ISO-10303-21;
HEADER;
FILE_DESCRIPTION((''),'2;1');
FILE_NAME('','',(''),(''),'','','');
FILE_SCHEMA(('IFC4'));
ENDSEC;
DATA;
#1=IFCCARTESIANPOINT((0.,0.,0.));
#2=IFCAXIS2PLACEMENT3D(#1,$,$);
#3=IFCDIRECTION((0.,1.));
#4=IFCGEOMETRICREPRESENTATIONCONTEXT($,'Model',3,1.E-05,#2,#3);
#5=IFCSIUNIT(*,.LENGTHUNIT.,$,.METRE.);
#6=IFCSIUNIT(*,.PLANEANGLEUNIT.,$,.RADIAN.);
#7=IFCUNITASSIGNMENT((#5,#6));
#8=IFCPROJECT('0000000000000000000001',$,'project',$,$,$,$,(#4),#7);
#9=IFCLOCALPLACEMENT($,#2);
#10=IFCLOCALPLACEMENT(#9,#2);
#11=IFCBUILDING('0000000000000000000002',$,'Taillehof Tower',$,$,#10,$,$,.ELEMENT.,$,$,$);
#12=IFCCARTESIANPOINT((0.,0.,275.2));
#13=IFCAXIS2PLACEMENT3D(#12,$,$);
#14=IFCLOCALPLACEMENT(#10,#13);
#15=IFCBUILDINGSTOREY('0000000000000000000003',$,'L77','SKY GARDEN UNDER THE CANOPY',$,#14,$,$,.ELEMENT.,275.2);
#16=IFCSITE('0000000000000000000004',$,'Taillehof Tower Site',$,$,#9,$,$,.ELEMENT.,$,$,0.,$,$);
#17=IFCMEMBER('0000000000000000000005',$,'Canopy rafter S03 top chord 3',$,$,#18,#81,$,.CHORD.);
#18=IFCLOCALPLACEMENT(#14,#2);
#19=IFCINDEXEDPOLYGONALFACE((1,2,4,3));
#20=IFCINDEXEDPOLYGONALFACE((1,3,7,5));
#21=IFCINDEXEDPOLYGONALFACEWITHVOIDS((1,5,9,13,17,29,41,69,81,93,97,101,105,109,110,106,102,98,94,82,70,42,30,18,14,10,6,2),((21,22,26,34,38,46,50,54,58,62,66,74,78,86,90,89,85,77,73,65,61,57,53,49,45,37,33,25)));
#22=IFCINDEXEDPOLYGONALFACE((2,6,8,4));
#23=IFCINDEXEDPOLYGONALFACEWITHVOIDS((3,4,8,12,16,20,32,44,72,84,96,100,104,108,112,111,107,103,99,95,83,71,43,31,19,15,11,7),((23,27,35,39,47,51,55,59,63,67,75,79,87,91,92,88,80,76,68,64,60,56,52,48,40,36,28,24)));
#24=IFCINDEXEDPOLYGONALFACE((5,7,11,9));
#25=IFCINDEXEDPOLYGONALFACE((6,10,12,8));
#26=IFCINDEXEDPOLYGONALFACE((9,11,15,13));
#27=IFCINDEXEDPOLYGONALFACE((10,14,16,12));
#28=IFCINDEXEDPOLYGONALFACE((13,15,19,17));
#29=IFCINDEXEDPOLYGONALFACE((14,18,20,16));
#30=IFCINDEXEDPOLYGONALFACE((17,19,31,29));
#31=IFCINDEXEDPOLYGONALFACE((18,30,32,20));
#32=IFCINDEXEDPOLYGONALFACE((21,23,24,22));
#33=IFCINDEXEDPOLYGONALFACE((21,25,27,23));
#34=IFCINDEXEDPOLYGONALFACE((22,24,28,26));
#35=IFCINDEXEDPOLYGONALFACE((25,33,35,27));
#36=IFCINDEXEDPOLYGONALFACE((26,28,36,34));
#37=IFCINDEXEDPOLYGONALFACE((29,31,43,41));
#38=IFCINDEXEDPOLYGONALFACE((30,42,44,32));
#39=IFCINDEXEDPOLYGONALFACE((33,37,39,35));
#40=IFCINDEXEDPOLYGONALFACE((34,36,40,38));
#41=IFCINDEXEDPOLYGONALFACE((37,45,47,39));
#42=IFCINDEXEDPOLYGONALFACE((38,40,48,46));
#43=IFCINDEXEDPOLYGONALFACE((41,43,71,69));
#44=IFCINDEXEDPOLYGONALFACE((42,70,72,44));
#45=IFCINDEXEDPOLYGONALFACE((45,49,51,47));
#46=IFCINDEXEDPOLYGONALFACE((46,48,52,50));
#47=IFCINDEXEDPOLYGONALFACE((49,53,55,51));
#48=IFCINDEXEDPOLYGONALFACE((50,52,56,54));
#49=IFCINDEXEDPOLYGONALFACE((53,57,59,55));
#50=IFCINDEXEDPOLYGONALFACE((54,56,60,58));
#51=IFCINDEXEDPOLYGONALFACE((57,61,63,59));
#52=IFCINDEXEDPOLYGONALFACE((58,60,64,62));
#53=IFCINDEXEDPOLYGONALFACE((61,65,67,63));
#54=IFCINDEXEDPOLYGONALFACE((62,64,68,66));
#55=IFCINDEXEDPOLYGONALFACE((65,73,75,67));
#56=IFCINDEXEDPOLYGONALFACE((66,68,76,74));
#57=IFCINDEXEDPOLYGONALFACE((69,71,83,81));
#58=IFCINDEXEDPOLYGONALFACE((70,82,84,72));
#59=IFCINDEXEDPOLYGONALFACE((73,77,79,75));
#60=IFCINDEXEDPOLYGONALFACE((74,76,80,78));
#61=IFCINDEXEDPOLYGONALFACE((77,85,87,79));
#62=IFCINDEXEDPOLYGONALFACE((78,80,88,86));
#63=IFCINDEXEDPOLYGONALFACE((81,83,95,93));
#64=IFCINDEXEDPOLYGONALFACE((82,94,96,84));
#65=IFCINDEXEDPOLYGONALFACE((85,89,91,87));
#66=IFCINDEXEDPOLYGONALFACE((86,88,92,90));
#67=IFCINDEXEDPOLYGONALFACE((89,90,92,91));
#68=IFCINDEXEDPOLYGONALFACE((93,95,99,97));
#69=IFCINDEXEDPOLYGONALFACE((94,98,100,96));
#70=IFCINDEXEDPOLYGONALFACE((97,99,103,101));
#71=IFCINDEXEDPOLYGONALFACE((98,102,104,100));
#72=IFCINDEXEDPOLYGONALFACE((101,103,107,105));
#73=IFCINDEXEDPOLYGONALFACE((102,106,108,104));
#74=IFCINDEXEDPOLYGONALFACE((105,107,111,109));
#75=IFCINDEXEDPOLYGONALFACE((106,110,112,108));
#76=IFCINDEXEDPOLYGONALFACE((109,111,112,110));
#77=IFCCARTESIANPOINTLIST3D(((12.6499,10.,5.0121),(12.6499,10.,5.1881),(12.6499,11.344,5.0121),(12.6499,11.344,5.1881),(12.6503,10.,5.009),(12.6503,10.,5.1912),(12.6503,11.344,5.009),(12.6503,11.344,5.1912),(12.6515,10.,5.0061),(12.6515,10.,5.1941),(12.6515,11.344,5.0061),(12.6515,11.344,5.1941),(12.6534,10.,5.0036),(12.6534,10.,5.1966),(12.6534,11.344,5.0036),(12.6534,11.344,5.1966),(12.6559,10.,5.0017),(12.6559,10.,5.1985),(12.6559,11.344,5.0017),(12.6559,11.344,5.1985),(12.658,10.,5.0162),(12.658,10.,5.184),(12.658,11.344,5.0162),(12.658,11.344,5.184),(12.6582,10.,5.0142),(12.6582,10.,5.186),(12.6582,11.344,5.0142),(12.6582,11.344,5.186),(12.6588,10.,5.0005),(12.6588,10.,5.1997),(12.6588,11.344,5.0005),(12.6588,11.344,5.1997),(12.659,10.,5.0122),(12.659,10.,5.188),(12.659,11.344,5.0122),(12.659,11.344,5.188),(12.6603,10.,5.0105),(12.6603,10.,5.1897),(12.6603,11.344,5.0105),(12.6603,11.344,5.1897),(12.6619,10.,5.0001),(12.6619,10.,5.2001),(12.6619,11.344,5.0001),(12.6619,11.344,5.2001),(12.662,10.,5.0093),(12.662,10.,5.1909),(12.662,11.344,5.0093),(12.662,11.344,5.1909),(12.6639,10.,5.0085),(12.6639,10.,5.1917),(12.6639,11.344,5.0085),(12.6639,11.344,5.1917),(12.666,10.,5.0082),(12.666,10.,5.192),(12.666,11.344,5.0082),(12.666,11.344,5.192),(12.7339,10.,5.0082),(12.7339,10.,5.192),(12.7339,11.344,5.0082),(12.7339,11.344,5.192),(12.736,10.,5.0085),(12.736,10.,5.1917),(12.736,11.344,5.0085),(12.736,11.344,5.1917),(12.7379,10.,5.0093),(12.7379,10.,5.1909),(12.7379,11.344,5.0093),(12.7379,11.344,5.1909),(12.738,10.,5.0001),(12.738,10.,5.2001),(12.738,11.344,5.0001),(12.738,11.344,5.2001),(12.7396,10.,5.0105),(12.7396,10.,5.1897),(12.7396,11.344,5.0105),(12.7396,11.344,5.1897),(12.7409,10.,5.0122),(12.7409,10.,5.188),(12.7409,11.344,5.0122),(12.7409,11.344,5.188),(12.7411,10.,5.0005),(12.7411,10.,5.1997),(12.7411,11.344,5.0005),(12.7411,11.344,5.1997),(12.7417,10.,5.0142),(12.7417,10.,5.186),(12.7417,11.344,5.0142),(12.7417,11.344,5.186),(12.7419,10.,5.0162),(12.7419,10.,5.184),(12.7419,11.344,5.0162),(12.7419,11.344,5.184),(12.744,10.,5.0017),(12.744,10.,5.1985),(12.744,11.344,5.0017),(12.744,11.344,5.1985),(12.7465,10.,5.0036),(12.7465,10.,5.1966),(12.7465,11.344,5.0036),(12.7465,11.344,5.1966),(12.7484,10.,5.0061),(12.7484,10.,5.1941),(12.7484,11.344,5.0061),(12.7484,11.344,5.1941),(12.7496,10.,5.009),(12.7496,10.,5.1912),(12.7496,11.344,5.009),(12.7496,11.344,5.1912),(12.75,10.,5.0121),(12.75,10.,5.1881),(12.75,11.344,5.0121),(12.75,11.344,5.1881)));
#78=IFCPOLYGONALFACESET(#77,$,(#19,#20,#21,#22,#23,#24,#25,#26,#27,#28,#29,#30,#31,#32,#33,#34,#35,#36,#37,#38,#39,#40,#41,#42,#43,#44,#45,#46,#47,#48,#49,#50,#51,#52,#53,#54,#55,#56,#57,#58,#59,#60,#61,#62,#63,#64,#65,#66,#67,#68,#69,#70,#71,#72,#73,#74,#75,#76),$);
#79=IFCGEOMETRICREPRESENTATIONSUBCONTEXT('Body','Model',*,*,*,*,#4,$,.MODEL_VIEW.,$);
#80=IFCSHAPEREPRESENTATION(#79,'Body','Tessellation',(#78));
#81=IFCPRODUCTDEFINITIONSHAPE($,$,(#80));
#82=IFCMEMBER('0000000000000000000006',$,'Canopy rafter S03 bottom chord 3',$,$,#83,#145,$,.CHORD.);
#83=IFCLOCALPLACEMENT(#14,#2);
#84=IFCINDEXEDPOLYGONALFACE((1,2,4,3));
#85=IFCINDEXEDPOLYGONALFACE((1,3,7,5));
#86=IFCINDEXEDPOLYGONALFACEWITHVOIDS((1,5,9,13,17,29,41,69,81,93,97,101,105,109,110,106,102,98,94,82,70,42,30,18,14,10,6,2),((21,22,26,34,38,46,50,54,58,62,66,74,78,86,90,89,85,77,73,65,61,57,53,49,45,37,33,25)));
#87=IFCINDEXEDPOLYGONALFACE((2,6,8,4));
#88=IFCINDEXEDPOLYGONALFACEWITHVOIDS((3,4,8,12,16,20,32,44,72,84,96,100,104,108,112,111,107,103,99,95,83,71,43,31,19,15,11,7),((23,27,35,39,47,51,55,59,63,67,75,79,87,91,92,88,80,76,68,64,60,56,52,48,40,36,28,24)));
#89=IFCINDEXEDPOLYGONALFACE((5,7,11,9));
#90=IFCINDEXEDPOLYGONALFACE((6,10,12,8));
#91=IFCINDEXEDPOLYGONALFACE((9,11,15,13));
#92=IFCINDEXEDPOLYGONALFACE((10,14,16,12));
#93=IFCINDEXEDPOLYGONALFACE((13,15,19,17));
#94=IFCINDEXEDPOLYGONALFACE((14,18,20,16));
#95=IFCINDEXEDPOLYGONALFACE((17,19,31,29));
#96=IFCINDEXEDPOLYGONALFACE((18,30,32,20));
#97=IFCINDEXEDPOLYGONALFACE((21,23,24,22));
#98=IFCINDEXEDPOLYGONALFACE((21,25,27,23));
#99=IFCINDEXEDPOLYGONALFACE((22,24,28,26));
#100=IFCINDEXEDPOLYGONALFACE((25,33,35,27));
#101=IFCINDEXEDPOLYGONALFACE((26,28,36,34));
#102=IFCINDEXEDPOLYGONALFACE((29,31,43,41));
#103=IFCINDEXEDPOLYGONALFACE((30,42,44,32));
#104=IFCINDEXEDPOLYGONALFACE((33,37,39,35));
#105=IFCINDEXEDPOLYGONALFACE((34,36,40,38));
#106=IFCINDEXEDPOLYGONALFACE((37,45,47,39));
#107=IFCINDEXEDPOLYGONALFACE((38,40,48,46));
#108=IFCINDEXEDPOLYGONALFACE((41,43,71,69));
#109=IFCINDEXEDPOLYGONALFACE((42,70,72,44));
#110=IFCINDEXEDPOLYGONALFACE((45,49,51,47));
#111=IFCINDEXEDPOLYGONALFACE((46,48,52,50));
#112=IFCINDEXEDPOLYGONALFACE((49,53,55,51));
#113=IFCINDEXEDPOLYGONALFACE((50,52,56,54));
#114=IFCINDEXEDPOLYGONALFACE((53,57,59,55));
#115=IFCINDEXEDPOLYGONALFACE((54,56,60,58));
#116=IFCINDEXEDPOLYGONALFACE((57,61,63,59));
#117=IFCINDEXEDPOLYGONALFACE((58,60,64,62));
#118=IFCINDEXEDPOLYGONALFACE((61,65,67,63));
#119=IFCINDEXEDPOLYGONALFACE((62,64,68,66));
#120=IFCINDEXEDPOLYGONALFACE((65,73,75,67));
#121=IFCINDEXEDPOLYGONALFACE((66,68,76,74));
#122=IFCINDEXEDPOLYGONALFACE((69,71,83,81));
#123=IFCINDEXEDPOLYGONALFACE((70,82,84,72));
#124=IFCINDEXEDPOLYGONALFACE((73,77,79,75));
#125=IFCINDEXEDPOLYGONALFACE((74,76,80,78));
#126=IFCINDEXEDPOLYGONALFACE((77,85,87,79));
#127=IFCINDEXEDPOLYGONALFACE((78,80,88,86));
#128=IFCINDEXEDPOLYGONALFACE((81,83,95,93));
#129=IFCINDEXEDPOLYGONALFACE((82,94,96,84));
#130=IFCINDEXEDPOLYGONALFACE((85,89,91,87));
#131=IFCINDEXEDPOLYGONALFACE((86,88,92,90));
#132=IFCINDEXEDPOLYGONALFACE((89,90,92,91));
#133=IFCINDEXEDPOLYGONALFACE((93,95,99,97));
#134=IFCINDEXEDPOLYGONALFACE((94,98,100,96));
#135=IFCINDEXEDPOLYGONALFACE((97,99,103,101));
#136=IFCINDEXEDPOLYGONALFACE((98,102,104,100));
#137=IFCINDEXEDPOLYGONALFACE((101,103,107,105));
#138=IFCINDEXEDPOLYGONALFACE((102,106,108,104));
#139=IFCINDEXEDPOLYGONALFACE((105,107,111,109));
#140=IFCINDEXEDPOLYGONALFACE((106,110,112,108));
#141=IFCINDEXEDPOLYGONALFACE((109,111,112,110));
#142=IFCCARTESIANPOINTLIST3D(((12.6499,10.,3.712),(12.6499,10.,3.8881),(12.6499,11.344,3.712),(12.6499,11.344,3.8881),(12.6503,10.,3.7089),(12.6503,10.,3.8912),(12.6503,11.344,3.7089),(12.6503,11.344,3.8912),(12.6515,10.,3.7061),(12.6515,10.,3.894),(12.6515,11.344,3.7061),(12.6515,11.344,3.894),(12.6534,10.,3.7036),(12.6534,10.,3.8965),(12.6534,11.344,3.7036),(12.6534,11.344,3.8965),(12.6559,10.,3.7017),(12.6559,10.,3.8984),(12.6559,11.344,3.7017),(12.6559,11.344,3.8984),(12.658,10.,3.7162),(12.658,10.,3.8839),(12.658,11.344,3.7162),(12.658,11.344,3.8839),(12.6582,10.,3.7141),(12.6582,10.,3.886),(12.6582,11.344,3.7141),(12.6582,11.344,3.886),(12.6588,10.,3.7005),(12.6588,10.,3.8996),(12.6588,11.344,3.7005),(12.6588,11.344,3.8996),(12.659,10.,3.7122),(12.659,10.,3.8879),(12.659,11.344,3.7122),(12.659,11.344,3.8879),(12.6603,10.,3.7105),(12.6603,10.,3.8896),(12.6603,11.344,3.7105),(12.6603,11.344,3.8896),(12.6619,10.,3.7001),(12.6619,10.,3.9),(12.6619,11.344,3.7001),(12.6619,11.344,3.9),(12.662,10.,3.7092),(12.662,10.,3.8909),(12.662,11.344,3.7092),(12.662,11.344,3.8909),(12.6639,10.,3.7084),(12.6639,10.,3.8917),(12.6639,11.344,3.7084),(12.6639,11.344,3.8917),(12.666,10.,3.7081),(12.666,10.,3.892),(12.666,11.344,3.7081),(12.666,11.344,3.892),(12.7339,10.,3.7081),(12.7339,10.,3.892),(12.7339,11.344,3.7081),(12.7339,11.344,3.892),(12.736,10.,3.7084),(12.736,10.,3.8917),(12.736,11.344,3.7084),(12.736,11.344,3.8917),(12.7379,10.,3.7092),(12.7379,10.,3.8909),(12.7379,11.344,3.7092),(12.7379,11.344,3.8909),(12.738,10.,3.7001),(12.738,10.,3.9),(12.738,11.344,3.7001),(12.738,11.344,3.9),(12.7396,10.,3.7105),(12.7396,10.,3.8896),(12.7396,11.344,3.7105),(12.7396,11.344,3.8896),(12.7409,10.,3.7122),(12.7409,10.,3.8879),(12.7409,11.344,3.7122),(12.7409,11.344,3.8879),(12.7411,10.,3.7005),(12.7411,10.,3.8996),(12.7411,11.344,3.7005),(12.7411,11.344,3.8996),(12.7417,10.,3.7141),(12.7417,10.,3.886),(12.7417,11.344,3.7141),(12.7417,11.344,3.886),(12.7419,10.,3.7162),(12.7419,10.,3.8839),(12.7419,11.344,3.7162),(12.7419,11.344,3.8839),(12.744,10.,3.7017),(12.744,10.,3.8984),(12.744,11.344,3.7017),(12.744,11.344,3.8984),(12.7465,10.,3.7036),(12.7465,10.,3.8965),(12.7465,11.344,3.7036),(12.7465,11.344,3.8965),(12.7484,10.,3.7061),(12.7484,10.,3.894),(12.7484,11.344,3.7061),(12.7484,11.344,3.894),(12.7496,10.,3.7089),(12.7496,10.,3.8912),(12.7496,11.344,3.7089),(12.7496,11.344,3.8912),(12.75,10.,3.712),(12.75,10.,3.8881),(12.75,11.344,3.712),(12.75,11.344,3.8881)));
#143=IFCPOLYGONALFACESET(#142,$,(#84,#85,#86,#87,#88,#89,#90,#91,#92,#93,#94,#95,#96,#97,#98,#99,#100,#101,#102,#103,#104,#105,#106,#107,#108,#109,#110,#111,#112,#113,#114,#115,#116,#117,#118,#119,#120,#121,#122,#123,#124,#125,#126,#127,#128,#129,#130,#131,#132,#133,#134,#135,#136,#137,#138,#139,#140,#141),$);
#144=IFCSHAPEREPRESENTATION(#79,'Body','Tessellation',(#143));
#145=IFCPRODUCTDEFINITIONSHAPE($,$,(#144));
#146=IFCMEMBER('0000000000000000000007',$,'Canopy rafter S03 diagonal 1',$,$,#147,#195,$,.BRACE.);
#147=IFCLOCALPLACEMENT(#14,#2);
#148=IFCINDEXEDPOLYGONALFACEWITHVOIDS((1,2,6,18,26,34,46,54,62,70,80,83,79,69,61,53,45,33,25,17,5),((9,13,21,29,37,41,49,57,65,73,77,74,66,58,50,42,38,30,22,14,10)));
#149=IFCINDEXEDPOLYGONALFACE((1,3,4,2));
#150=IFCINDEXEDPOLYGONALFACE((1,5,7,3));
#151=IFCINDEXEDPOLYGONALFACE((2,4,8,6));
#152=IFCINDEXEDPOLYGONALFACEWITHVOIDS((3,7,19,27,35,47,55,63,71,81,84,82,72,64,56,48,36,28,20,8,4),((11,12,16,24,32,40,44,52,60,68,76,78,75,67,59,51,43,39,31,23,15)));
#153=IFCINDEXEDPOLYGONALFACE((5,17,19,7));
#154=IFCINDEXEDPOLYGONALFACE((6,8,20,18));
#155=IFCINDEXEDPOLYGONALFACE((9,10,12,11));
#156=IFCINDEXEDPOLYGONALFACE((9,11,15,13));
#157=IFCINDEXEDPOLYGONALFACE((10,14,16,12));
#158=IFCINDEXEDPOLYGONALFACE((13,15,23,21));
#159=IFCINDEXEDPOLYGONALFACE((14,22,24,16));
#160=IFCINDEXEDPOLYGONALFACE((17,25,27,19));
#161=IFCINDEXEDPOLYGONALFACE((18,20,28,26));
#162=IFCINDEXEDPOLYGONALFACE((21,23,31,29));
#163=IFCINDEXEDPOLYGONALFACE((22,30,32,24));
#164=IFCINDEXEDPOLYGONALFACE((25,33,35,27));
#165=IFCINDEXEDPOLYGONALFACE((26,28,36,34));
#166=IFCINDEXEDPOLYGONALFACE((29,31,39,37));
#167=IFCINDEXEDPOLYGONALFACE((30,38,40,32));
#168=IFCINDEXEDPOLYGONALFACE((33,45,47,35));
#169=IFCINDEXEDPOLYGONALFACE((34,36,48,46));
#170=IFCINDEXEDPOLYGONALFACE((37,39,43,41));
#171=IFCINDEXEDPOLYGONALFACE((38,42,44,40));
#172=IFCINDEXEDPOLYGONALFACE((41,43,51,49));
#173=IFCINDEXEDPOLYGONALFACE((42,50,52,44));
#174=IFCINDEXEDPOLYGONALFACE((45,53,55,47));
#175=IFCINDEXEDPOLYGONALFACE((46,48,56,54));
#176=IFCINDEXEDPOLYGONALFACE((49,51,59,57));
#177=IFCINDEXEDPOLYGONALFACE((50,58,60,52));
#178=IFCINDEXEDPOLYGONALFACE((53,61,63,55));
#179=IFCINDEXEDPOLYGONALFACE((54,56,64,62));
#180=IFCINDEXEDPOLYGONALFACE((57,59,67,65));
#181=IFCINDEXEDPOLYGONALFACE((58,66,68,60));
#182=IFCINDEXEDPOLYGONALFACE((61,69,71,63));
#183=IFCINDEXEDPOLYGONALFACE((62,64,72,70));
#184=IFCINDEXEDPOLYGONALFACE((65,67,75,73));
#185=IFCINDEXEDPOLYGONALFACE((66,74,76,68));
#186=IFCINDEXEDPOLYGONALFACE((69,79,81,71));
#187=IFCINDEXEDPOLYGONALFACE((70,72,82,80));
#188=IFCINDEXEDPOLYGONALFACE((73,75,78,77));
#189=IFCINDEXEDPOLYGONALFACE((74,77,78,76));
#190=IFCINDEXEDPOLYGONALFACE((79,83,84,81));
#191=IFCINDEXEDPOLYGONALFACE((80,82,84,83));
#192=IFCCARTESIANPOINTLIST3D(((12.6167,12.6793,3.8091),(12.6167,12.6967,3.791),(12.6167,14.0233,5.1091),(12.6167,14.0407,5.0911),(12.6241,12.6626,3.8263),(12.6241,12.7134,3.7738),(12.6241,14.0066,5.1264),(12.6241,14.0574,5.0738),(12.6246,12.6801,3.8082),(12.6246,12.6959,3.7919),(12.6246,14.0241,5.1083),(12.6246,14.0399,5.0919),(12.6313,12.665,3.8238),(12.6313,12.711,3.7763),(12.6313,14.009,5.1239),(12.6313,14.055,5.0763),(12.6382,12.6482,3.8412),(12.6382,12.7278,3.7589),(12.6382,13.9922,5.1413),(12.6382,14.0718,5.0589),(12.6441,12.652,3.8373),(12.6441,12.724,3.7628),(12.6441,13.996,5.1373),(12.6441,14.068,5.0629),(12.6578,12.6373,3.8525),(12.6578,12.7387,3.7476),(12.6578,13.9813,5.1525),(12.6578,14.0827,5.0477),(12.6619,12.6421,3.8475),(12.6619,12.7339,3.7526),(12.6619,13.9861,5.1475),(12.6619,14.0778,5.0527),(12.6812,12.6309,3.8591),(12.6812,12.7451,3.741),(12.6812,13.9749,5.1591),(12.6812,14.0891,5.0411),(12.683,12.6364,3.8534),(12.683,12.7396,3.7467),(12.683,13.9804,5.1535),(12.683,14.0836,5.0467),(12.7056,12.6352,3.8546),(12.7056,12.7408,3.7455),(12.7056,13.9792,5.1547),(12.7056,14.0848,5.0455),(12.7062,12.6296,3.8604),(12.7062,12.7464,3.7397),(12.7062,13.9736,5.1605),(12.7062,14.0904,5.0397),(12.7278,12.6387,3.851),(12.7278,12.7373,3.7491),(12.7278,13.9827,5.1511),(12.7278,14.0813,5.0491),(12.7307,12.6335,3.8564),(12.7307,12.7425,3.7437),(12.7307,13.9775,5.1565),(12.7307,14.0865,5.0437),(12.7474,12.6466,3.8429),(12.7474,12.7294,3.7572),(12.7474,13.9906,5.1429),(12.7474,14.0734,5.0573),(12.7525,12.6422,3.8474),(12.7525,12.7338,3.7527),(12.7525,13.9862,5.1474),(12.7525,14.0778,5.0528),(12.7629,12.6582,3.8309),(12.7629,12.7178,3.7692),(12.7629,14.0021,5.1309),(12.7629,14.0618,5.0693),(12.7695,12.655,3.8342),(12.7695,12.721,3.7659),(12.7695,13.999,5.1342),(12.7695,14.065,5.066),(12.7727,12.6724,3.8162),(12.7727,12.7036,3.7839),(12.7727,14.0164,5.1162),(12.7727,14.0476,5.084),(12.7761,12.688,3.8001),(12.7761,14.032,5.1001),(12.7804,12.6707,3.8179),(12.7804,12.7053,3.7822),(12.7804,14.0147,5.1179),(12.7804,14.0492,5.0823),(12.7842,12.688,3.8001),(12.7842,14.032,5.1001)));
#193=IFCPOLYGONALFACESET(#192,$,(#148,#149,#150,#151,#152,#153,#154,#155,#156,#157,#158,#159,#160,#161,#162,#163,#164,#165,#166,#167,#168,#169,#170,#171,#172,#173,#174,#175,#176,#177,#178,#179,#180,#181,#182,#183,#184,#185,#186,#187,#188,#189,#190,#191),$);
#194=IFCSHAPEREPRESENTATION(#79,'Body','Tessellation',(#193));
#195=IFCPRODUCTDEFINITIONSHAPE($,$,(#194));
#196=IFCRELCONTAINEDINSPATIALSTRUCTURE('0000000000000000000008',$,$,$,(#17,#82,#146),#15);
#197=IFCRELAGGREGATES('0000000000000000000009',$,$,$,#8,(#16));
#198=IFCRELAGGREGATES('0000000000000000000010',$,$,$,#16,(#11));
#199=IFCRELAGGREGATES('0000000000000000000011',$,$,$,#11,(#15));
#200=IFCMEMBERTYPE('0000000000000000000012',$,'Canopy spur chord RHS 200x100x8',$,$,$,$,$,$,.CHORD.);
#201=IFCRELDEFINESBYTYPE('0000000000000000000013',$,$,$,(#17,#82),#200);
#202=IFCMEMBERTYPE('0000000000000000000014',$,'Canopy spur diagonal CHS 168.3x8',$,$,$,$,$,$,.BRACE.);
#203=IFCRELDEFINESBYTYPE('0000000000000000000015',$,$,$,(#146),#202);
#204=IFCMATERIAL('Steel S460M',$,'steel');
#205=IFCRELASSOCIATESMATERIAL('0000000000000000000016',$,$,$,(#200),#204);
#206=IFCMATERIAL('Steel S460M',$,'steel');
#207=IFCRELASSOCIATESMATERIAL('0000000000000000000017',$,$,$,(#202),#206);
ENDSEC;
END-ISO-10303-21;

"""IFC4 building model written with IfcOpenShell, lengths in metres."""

from ifc_helpers import new_model, si_unit, direction, frame, origin, origin_2d, place, context, subcontext, project, spatial, hollow_rectangle, hollow_circle, extrude, material, material_profile, profile_set, type_object, element, save


model = new_model("IFC4")

# Units and contexts
model_context = context("Model", 3, precision=1e-05, world=origin(), true_north=direction((0.0, 1.0)))
body_context = subcontext(model_context, "Body", "Model", "MODEL_VIEW")
ifc_project = project(units=[si_unit("LENGTHUNIT", "METRE"), si_unit("PLANEANGLEUNIT", "RADIAN")], contexts=[model_context])

# Site, building, storey
site_placement = place(None, origin())
site = spatial("IfcSite", under=ifc_project, at=site_placement, Name="Taillehof Tower Site", CompositionType="ELEMENT", RefElevation=0.0)
building_placement = place(site_placement, origin())
building = spatial("IfcBuilding", under=site, at=building_placement, Name="Taillehof Tower", CompositionType="ELEMENT")
storey_placement = place(building_placement, frame((0.0, 0.0, 275.2)))
storey = spatial("IfcBuildingStorey", under=building, at=storey_placement, Name="L77", Description="SKY GARDEN UNDER THE CANOPY", CompositionType="ELEMENT", Elevation=275.2)

# Members
ifc_material_1 = material(Name="Steel S460M", Category="steel")
ifc_material_profile_1 = material_profile(ifc_material_1, hollow_rectangle(XDim=0.1001, YDim=0.2, WallThickness=0.0081, InnerFilletRadius=0.0081, OuterFilletRadius=0.012, at=origin_2d()), Name="RHS 200x100x8")
ifc_profile_set_1 = profile_set([ifc_material_profile_1], Name="Steel S460M")
member_type_1 = type_object("IfcMemberType", Name="Canopy spur chord RHS 200x100x8", PredefinedType="CHORD", material=ifc_profile_set_1)
for number, where, z_axis, x_axis, name in (
    (1, (12.7, 11.344, 5.1001), (0.0, -1.0, 0.0), (1.0, 0.0, 0.0), "Canopy rafter S03 top chord 3"),
    (2, (12.7, 11.344, 3.8), (0.0, -1.0, 0.0), (1.0, 0.0, 0.0), "Canopy rafter S03 bottom chord 3"),
):
    element("IfcMember", number, at=place(storey_placement, frame(where, z_axis=z_axis, x_axis=x_axis)), inside=storey, type_object=member_type_1, Name=name, PredefinedType="CHORD", context=body_context, shape_type="SweptSolid", body=[
        extrude(hollow_rectangle(XDim=0.1001, YDim=0.2, WallThickness=0.0081, InnerFilletRadius=0.0081, OuterFilletRadius=0.012, at=origin_2d()), origin(), (0.0, 0.0, 1.0), 1.344),
    ])
ifc_material_2 = material(Name="Steel S460M", Category="steel")
ifc_material_profile_2 = material_profile(ifc_material_2, hollow_circle(Radius=0.0842, WallThickness=0.0081, at=origin_2d()), Name="CHS 168.3x8")
ifc_profile_set_2 = profile_set([ifc_material_profile_2], Name="Steel S460M")
member_type_2 = type_object("IfcMemberType", Name="Canopy spur diagonal CHS 168.3x8", PredefinedType="BRACE", material=ifc_profile_set_2)
for number, where, z_axis, x_axis, name in (
    (3, (12.7, 14.032, 5.1001), (0.0, -0.71876, -0.695258), (1.0, 0.0, 0.0), "Canopy rafter S03 diagonal 1"),
):
    element("IfcMember", number, at=place(storey_placement, frame(where, z_axis=z_axis, x_axis=x_axis)), inside=storey, type_object=member_type_2, Name=name, PredefinedType="BRACE", context=body_context, shape_type="SweptSolid", body=[
        extrude(hollow_circle(Radius=0.0842, WallThickness=0.0081, at=origin_2d()), origin(), (0.0, 0.0, 1.0), 1.8699),
    ])

save(model, "model.ifc")
